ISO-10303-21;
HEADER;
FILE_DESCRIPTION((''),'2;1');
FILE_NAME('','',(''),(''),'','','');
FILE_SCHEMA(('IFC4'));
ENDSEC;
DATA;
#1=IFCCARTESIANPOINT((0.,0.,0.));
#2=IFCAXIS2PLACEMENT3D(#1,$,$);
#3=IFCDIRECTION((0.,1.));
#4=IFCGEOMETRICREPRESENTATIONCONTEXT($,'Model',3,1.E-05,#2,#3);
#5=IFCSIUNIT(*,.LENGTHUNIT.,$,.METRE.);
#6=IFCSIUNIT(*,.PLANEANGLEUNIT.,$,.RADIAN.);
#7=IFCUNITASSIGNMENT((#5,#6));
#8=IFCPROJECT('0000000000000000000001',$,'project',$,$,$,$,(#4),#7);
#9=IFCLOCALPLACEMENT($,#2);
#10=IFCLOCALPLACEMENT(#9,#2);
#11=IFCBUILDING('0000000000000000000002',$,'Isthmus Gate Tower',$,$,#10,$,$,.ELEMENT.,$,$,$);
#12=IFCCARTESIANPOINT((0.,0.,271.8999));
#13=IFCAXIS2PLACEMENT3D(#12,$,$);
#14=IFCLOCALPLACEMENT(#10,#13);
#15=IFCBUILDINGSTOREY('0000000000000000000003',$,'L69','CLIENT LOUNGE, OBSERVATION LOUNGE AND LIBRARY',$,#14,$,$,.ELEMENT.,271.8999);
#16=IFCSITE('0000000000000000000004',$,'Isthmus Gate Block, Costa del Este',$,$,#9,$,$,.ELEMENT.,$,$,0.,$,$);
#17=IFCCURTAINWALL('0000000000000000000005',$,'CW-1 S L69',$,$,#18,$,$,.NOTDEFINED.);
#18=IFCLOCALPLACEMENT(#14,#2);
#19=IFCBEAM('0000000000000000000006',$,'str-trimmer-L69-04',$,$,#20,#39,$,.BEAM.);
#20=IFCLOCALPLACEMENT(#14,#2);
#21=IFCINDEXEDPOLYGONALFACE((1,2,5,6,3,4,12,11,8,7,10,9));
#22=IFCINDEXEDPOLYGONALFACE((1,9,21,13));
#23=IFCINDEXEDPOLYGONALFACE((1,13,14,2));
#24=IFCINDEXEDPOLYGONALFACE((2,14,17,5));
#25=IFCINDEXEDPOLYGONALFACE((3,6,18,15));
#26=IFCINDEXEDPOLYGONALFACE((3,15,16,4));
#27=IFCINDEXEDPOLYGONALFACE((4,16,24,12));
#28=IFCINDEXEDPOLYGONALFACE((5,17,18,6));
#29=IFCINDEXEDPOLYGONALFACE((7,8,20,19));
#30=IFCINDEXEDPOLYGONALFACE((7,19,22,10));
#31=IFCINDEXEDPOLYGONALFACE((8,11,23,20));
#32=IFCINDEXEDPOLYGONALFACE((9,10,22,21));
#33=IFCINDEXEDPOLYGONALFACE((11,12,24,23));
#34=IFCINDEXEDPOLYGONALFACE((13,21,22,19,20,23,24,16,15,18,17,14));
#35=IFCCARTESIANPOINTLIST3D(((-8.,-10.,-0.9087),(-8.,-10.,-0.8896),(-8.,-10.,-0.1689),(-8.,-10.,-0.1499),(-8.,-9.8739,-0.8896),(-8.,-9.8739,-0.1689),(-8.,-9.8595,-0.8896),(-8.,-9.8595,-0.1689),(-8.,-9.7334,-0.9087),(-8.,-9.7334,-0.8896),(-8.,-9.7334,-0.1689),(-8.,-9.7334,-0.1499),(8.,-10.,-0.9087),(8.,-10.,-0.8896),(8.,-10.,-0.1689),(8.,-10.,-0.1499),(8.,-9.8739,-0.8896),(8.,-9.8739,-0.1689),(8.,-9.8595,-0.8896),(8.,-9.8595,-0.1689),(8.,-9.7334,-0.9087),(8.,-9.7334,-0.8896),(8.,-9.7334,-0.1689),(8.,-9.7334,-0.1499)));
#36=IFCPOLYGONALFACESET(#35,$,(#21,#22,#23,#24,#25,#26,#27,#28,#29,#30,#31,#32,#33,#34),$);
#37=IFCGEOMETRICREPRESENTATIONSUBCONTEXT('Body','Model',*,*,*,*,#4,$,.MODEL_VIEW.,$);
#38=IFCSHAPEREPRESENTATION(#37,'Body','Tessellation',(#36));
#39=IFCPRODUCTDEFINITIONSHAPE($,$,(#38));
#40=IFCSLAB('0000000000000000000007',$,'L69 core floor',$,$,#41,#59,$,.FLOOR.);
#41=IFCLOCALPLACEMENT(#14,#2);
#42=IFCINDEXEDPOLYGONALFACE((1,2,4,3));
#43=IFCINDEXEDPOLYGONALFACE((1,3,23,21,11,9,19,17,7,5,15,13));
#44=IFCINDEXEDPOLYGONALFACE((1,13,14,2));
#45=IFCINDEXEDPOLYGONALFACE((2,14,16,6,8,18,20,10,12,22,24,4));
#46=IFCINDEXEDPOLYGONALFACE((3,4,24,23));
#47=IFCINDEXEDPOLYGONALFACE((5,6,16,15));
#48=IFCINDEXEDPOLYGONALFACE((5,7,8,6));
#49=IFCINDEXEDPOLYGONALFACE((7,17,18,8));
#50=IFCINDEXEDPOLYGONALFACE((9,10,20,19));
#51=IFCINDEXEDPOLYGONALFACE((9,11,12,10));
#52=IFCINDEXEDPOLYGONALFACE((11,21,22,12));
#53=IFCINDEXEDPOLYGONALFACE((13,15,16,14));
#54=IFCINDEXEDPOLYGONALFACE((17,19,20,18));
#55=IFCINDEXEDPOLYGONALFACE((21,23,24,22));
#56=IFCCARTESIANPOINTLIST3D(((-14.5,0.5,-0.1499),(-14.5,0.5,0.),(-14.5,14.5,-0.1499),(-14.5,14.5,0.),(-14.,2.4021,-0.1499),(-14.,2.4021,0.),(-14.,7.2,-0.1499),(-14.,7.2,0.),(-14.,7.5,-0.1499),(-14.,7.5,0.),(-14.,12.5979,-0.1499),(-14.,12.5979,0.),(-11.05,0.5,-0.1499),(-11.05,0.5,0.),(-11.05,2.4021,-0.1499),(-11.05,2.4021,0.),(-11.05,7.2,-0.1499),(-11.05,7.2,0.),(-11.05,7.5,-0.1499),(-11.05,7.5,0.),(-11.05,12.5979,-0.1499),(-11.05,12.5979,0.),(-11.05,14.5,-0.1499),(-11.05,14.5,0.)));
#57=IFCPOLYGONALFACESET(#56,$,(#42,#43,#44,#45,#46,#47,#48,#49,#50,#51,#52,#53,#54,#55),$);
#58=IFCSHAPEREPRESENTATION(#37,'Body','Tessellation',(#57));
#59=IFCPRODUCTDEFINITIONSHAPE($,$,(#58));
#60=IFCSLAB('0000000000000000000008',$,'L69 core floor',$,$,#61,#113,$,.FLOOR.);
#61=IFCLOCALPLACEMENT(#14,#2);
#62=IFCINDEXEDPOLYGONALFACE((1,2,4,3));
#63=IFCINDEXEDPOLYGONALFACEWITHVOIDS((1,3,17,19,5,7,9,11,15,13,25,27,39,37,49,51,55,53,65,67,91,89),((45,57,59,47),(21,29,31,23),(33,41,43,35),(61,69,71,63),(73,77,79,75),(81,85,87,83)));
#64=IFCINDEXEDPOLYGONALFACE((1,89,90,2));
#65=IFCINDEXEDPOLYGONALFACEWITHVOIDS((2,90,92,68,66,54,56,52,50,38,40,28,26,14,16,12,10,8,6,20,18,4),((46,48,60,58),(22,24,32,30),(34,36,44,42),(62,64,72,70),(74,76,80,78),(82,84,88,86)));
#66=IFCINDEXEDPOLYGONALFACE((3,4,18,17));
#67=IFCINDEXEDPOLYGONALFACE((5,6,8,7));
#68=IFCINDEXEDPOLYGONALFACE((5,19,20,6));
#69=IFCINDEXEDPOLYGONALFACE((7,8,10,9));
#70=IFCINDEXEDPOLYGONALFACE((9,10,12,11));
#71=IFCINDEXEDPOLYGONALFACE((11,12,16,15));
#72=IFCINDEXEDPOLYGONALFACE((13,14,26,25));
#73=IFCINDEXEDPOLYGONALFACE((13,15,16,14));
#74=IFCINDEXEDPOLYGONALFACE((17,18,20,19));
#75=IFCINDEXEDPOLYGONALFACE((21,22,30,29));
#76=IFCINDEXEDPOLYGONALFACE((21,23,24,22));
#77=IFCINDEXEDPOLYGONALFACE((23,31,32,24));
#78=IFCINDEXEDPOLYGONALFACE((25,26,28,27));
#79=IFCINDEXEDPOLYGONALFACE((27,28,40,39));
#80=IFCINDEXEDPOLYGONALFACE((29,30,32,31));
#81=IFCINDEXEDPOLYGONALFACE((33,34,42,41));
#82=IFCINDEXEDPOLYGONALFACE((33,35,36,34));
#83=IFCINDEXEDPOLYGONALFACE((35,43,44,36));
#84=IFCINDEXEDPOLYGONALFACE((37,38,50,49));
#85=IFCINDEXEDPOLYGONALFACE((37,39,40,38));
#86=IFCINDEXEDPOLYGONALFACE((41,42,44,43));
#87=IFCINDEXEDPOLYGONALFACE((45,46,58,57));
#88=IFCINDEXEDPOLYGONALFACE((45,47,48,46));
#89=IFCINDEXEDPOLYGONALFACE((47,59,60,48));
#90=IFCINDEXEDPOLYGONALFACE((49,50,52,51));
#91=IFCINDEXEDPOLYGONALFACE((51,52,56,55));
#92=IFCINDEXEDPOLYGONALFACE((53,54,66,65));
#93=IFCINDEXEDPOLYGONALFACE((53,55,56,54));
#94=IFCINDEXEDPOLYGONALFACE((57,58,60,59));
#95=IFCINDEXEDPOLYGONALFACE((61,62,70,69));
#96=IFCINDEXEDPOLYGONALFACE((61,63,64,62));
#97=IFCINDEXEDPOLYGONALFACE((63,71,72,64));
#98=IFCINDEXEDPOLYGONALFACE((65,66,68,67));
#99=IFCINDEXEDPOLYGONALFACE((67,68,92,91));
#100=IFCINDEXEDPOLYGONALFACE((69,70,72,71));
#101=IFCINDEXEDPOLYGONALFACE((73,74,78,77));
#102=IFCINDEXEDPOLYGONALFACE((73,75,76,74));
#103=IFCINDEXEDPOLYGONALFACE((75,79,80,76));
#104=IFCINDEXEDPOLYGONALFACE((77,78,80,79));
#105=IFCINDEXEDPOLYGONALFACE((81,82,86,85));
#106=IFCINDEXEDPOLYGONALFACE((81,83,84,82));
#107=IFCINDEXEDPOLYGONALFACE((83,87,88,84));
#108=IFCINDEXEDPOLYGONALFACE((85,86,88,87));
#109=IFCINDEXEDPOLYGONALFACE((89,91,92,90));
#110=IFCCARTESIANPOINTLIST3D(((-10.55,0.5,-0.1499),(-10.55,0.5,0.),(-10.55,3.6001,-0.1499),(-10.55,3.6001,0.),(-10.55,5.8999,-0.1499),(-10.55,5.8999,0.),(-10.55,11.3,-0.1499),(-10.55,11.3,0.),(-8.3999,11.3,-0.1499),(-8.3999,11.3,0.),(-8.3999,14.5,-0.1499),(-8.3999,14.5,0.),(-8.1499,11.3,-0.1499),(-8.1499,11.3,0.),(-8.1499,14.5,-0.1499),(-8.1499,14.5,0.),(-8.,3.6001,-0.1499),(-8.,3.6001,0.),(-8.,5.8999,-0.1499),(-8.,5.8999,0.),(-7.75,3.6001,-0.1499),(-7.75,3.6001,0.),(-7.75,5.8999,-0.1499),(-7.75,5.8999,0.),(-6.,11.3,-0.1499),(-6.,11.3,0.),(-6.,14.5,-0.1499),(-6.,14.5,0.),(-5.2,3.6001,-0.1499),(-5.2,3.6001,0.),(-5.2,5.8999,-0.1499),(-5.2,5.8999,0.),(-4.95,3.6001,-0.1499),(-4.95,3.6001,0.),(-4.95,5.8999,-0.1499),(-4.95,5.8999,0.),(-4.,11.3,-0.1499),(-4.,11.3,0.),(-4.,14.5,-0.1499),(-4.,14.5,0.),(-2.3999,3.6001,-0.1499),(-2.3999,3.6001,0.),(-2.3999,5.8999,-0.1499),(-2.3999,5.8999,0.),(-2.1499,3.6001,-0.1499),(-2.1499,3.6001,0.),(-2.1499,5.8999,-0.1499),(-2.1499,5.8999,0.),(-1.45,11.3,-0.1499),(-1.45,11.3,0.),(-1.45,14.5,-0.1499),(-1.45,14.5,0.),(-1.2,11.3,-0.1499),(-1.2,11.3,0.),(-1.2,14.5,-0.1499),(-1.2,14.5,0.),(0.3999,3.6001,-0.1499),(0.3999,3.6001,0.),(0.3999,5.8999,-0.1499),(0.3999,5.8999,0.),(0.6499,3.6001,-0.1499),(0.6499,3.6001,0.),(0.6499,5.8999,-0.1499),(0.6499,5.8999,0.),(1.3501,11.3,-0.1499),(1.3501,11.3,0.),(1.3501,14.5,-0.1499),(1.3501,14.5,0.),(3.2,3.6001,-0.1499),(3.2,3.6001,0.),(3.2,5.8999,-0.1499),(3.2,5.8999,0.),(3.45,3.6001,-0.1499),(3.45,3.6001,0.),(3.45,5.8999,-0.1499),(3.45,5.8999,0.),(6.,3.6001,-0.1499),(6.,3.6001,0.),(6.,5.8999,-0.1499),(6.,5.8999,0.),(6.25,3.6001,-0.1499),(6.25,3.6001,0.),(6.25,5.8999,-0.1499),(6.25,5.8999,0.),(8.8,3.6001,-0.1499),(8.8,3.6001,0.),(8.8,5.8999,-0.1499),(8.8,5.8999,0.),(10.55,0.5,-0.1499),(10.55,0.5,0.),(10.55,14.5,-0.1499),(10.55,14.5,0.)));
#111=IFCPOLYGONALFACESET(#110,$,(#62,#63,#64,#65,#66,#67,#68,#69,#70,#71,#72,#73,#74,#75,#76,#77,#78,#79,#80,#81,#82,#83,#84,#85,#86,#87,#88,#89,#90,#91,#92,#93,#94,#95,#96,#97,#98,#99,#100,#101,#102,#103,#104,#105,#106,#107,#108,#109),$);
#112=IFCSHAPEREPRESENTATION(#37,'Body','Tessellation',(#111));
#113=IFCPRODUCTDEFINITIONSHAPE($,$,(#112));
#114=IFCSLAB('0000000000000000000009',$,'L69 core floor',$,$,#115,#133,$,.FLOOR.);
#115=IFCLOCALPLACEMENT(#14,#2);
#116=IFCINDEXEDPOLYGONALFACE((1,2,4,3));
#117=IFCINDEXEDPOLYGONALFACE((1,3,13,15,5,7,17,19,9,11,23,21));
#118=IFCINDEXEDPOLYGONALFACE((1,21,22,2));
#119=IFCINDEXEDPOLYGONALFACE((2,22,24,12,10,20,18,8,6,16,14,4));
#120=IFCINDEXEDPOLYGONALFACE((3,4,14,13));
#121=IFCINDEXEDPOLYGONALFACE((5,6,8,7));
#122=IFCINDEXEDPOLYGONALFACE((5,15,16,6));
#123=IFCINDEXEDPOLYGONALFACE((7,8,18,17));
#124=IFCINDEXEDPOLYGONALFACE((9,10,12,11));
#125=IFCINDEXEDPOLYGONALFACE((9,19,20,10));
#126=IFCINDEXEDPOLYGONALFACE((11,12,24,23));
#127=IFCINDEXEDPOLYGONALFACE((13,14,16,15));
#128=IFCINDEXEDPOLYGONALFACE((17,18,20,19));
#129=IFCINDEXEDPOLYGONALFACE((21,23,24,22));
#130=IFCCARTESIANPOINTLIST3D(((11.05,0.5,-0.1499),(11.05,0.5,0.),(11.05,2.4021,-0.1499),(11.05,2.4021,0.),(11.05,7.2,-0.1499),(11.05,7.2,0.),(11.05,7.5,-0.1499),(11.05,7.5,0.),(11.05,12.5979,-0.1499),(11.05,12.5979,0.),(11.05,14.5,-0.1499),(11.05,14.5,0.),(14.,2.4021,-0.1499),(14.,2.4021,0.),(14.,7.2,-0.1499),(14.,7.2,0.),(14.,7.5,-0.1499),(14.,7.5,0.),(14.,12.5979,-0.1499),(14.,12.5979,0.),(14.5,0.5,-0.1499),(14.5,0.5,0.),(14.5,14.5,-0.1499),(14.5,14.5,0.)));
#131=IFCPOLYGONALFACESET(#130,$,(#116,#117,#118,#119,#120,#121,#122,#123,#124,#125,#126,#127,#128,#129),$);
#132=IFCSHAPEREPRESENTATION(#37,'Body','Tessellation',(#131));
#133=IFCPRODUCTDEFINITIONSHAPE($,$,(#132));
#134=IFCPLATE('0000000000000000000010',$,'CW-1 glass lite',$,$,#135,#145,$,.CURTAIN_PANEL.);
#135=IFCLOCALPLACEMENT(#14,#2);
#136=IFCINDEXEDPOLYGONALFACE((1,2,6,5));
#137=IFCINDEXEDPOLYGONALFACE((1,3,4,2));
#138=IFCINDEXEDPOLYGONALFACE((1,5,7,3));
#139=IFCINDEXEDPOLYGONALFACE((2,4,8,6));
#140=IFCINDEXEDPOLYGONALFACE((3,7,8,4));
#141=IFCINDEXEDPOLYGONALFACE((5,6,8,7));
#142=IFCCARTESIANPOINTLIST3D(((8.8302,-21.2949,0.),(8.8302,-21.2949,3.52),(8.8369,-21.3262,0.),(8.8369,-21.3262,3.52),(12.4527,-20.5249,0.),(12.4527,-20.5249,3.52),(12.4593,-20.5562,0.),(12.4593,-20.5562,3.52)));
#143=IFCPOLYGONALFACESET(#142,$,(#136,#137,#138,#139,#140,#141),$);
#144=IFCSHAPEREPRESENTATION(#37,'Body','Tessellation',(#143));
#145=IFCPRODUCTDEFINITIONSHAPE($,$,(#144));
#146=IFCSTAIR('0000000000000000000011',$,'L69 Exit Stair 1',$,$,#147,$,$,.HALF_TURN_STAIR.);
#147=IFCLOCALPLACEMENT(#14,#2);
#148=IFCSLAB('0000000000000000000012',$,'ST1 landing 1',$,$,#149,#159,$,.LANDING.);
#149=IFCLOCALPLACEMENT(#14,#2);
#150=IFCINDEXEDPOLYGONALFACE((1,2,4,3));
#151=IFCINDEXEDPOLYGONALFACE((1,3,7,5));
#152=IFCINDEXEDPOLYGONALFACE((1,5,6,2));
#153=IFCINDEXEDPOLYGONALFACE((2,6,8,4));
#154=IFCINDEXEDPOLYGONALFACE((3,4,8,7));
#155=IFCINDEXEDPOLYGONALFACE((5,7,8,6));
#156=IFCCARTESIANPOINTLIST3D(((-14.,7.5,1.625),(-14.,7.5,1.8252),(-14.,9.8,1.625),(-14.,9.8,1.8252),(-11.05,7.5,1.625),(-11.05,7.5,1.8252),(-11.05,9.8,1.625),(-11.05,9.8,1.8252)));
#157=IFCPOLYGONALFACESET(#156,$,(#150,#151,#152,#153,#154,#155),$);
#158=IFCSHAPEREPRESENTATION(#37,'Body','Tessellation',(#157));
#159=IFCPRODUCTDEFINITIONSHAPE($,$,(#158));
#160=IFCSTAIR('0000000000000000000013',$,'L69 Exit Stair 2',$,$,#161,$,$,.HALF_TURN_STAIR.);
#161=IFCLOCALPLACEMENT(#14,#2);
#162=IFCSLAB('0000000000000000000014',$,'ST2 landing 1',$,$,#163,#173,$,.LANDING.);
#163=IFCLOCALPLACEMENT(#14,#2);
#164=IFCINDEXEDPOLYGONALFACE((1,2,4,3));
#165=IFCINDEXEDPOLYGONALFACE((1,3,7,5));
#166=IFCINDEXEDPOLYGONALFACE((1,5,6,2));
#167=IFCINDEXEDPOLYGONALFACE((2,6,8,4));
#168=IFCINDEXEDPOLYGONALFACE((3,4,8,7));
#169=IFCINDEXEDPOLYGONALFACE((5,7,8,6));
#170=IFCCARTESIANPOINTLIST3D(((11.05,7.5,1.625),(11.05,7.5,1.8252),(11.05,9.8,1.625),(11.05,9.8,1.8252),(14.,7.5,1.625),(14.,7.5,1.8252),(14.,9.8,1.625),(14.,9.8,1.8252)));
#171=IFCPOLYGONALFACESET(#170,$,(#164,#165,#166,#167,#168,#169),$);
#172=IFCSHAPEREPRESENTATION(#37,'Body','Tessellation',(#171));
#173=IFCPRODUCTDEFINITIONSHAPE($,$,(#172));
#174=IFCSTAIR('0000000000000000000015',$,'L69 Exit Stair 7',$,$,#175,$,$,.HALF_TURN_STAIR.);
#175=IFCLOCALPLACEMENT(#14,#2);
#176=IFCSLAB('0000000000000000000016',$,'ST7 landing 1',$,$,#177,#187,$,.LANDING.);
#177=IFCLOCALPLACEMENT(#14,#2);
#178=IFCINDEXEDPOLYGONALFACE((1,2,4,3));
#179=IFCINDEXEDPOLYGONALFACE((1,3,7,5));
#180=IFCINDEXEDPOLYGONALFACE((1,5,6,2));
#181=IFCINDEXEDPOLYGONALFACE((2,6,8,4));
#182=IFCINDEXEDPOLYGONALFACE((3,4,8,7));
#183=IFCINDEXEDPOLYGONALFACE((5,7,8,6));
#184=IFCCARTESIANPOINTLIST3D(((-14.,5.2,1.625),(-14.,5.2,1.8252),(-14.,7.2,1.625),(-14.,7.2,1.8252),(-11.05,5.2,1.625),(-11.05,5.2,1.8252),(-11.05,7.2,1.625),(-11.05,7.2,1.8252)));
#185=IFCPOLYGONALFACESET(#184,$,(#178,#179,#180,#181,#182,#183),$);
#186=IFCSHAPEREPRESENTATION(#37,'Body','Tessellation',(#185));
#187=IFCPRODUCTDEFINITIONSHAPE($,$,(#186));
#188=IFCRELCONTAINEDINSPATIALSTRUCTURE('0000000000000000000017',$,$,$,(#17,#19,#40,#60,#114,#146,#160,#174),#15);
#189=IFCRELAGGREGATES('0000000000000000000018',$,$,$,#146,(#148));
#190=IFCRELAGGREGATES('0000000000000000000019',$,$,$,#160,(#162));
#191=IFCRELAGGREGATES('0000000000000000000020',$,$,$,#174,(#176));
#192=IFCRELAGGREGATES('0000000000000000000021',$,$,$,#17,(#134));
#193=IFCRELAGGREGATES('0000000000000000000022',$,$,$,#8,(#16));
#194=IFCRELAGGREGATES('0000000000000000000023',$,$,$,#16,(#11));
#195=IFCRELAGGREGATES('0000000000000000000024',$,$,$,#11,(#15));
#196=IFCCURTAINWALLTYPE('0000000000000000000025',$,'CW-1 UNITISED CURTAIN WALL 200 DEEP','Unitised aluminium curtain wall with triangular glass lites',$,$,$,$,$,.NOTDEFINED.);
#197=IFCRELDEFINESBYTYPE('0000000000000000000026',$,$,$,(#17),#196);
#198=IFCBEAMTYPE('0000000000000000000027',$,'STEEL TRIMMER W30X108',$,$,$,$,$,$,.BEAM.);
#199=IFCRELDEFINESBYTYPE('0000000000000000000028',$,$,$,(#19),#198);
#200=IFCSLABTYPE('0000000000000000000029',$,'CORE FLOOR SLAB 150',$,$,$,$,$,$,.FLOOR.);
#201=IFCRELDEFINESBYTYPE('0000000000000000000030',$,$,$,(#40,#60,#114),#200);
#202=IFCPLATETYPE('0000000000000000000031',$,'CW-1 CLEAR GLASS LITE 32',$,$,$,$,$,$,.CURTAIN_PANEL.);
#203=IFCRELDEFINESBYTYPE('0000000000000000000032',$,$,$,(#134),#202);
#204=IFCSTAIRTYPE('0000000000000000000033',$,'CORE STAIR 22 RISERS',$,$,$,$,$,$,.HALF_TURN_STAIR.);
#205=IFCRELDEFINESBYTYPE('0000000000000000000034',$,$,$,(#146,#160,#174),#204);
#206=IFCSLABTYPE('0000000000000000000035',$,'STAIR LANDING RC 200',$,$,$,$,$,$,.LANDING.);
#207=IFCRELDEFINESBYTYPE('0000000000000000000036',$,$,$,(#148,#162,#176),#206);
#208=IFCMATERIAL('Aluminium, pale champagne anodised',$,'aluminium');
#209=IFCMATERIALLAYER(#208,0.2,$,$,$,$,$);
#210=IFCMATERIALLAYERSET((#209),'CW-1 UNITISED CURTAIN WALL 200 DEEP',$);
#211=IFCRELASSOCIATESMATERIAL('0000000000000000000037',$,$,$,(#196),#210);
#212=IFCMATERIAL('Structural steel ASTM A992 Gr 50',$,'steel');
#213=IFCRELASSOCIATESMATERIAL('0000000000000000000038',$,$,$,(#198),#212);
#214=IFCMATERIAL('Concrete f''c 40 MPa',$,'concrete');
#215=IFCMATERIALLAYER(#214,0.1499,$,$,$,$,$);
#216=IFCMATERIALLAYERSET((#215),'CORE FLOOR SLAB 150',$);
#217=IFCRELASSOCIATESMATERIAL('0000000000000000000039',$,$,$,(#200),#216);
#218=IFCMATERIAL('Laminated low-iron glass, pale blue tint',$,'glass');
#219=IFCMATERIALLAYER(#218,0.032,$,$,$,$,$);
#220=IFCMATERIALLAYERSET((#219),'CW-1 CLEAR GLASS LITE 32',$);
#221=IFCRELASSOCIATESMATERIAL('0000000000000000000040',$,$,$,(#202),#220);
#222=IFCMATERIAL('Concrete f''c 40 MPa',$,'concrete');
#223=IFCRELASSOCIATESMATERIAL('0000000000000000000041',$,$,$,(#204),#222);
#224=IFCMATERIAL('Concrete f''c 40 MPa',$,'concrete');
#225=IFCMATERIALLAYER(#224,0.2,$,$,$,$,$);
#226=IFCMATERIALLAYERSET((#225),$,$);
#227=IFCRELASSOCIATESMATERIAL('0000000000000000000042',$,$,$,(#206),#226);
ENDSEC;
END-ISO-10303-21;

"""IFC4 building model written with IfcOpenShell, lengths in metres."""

from ifc_helpers import new_model, si_unit, direction, frame, origin, origin_2d, place, context, subcontext, project, spatial, polyline, rectangle, i_section, outline, extrude, material, layer, layer_set, material_profile, profile_set, type_object, element, aggregate, save


model = new_model("IFC4")

# Units and contexts
model_context = context("Model", 3, precision=1e-05, world=origin(), true_north=direction((0.0, 1.0)))
body_context = subcontext(model_context, "Body", "Model", "MODEL_VIEW")
ifc_project = project(units=[si_unit("LENGTHUNIT", "METRE"), si_unit("PLANEANGLEUNIT", "RADIAN")], contexts=[model_context])

# Site, building, storey
site_placement = place(None, origin())
site = spatial("IfcSite", under=ifc_project, at=site_placement, Name="Isthmus Gate Block, Costa del Este", CompositionType="ELEMENT", RefElevation=0.0)
building_placement = place(site_placement, origin())
building = spatial("IfcBuilding", under=site, at=building_placement, Name="Isthmus Gate Tower", CompositionType="ELEMENT")
storey_placement = place(building_placement, frame((0.0, 0.0, 271.8999)))
storey = spatial("IfcBuildingStorey", under=building, at=storey_placement, Name="L69", Description="CLIENT LOUNGE, OBSERVATION LOUNGE AND LIBRARY", CompositionType="ELEMENT", Elevation=271.8999)

# Curtain wall
ifc_material_1 = material(Name="Aluminium, pale champagne anodised", Category="aluminium")
ifc_layer_1 = layer(ifc_material_1, 0.2)
ifc_layer_set_1 = layer_set([ifc_layer_1], Name="CW-1 UNITISED CURTAIN WALL 200 DEEP")
curtain_wall_type = type_object("IfcCurtainWallType", Name="CW-1 UNITISED CURTAIN WALL 200 DEEP", Description="Unitised aluminium curtain wall with triangular glass lites", PredefinedType="NOTDEFINED", material=ifc_layer_set_1)
curtain_wall_placement = place(storey_placement, origin())
curtain_wall = element("IfcCurtainWall", 1, at=curtain_wall_placement, inside=storey, type_object=curtain_wall_type, Name="CW-1 S L69", PredefinedType="NOTDEFINED")

# Beam
ifc_material_2 = material(Name="Structural steel ASTM A992 Gr 50", Category="steel")
ifc_material_profile_1 = material_profile(ifc_material_2, i_section(OverallWidth=0.2666, OverallDepth=0.7588, WebThickness=0.0144, FlangeThickness=0.019, at=origin_2d()), Name="W30X108")
ifc_profile_set_1 = profile_set([ifc_material_profile_1], Name="Structural steel ASTM A992 Gr 50")
beam_type_1 = type_object("IfcBeamType", Name="STEEL TRIMMER W30X108", PredefinedType="BEAM", material=ifc_profile_set_1)
beam_1_placement = place(storey_placement, frame((8.0, -9.8667, -0.5293), z_axis=(-1.0, 0.0, 0.0), x_axis=(0.0, -1.0, 0.0)))
element("IfcBeam", 2, at=beam_1_placement, inside=storey, type_object=beam_type_1, Name="str-trimmer-L69-04", PredefinedType="BEAM", context=body_context, shape_type="SweptSolid", body=[
    extrude(i_section(OverallWidth=0.2666, OverallDepth=0.7588, WebThickness=0.0144, FlangeThickness=0.019, at=origin_2d()), origin(), (0.0, 0.0, 1.0), 16.0),
])

# Slabs
ifc_material_3 = material(Name="Concrete f'c 40 MPa", Category="concrete")
ifc_layer_2 = layer(ifc_material_3, 0.1499)
ifc_layer_set_2 = layer_set([ifc_layer_2], Name="CORE FLOOR SLAB 150")
slab_type_1 = type_object("IfcSlabType", Name="CORE FLOOR SLAB 150", PredefinedType="FLOOR", material=ifc_layer_set_2)
slab_1_placement = place(storey_placement, frame((0.0, 0.0, -0.1499)))
element("IfcSlab", 3, at=slab_1_placement, inside=storey, type_object=slab_type_1, Name="L69 core floor", PredefinedType="FLOOR", context=body_context, shape_type="SweptSolid", body=[
    extrude(outline(polyline([(-11.05, 0.5), (-11.05, 2.4021), (-14.0, 2.4021), (-14.0, 7.2), (-11.05, 7.2), (-11.05, 7.5), (-14.0, 7.5), (-14.0, 12.5979), (-11.05, 12.5979), (-11.05, 14.5), (-14.5, 14.5), (-14.5, 0.5), (-11.05, 0.5)])), origin(), (0.0, 0.0, 1.0), 0.1499),
])
slab_2_placement = place(storey_placement, frame((0.0, 0.0, -0.1499)))
element("IfcSlab", 4, at=slab_2_placement, inside=storey, type_object=slab_type_1, Name="L69 core floor", PredefinedType="FLOOR", context=body_context, shape_type="SweptSolid", body=[
    extrude(outline(polyline([(10.55, 14.5), (1.3501, 14.5), (1.3501, 11.3), (-1.2, 11.3), (-1.2, 14.5), (-1.45, 14.5), (-1.45, 11.3), (-4.0, 11.3), (-4.0, 14.5), (-6.0, 14.5), (-6.0, 11.3), (-8.1499, 11.3), (-8.1499, 14.5), (-8.3999, 14.5), (-8.3999, 11.3), (-10.55, 11.3), (-10.55, 5.8999), (-8.0, 5.8999), (-8.0, 3.6001), (-10.55, 3.6001), (-10.55, 0.5), (10.55, 0.5), (10.55, 14.5)]), holes=[polyline([(-5.2, 5.8999), (-5.2, 3.6001), (-7.75, 3.6001), (-7.75, 5.8999), (-5.2, 5.8999)]), polyline([(-2.3999, 5.8999), (-2.3999, 3.6001), (-4.95, 3.6001), (-4.95, 5.8999), (-2.3999, 5.8999)]), polyline([(0.3999, 5.8999), (0.3999, 3.6001), (-2.1499, 3.6001), (-2.1499, 5.8999), (0.3999, 5.8999)]), polyline([(3.2, 5.8999), (3.2, 3.6001), (0.6499, 3.6001), (0.6499, 5.8999), (3.2, 5.8999)]), polyline([(6.0, 5.8999), (6.0, 3.6001), (3.45, 3.6001), (3.45, 5.8999), (6.0, 5.8999)]), polyline([(8.8, 5.8999), (8.8, 3.6001), (6.25, 3.6001), (6.25, 5.8999), (8.8, 5.8999)])]), origin(), (0.0, 0.0, 1.0), 0.1499),
])
slab_3_placement = place(storey_placement, frame((0.0, 0.0, -0.1499)))
element("IfcSlab", 5, at=slab_3_placement, inside=storey, type_object=slab_type_1, Name="L69 core floor", PredefinedType="FLOOR", context=body_context, shape_type="SweptSolid", body=[
    extrude(outline(polyline([(11.05, 14.5), (11.05, 12.5979), (14.0, 12.5979), (14.0, 7.5), (11.05, 7.5), (11.05, 7.2), (14.0, 7.2), (14.0, 2.4021), (11.05, 2.4021), (11.05, 0.5), (14.5, 0.5), (14.5, 14.5), (11.05, 14.5)])), origin(), (0.0, 0.0, 1.0), 0.1499),
])

# Plate
ifc_material_4 = material(Name="Laminated low-iron glass, pale blue tint", Category="glass")
ifc_layer_3 = layer(ifc_material_4, 0.032)
ifc_layer_set_3 = layer_set([ifc_layer_3], Name="CW-1 CLEAR GLASS LITE 32")
plate_type = type_object("IfcPlateType", Name="CW-1 CLEAR GLASS LITE 32", PredefinedType="CURTAIN_PANEL", material=ifc_layer_set_3)
plate_placement = place(storey_placement, frame((10.6448, -20.9255, 0.0), z_axis=(0.0, 0.0, 1.0), x_axis=(0.978148, 0.207912, 0.0)))
plate = element("IfcPlate", 6, at=plate_placement, type_object=plate_type, Name="CW-1 glass lite", PredefinedType="CURTAIN_PANEL", context=body_context, shape_type="SweptSolid", body=[
    extrude(rectangle(XDim=3.7034, YDim=0.032, at=origin_2d()), origin(), (0.0, 0.0, 1.0), 3.52),
])

# Stairs, slabs
ifc_material_5 = material(Name="Concrete f'c 40 MPa", Category="concrete")
stair_type = type_object("IfcStairType", Name="CORE STAIR 22 RISERS", PredefinedType="HALF_TURN_STAIR", material=ifc_material_5)
stair_1_placement = place(storey_placement, origin())
stair_1 = element("IfcStair", 7, at=stair_1_placement, inside=storey, type_object=stair_type, Name="L69 Exit Stair 1", PredefinedType="HALF_TURN_STAIR")
ifc_material_6 = material(Name="Concrete f'c 40 MPa", Category="concrete")
ifc_layer_4 = layer(ifc_material_6, 0.2)
ifc_layer_set_4 = layer_set([ifc_layer_4])
slab_type_2 = type_object("IfcSlabType", Name="STAIR LANDING RC 200", PredefinedType="LANDING", material=ifc_layer_set_4)
slab_4_placement = place(storey_placement, frame((0.0, 0.0, 1.625)))
slab_4 = element("IfcSlab", 8, at=slab_4_placement, type_object=slab_type_2, Name="ST1 landing 1", PredefinedType="LANDING", context=body_context, shape_type="SweptSolid", body=[
    extrude(outline(polyline([(-14.0, 9.8), (-14.0, 7.5), (-11.05, 7.5), (-11.05, 9.8), (-14.0, 9.8)])), origin(), (0.0, 0.0, 1.0), 0.2002),
])
aggregate(stair_1, [slab_4])
stair_2_placement = place(storey_placement, origin())
stair_2 = element("IfcStair", 9, at=stair_2_placement, inside=storey, type_object=stair_type, Name="L69 Exit Stair 2", PredefinedType="HALF_TURN_STAIR")
slab_5_placement = place(storey_placement, frame((0.0, 0.0, 1.625)))
slab_5 = element("IfcSlab", 10, at=slab_5_placement, type_object=slab_type_2, Name="ST2 landing 1", PredefinedType="LANDING", context=body_context, shape_type="SweptSolid", body=[
    extrude(outline(polyline([(11.05, 9.8), (11.05, 7.5), (14.0, 7.5), (14.0, 9.8), (11.05, 9.8)])), origin(), (0.0, 0.0, 1.0), 0.2002),
])
aggregate(stair_2, [slab_5])
stair_3_placement = place(storey_placement, origin())
stair_3 = element("IfcStair", 11, at=stair_3_placement, inside=storey, type_object=stair_type, Name="L69 Exit Stair 7", PredefinedType="HALF_TURN_STAIR")
slab_6_placement = place(storey_placement, frame((0.0, 0.0, 1.625)))
slab_6 = element("IfcSlab", 12, at=slab_6_placement, type_object=slab_type_2, Name="ST7 landing 1", PredefinedType="LANDING", context=body_context, shape_type="SweptSolid", body=[
    extrude(outline(polyline([(-11.05, 5.2), (-11.05, 7.2), (-14.0, 7.2), (-14.0, 5.2), (-11.05, 5.2)])), origin(), (0.0, 0.0, 1.0), 0.2002),
])
aggregate(stair_3, [slab_6])

aggregate(curtain_wall, [plate])

save(model, "model.ifc")
